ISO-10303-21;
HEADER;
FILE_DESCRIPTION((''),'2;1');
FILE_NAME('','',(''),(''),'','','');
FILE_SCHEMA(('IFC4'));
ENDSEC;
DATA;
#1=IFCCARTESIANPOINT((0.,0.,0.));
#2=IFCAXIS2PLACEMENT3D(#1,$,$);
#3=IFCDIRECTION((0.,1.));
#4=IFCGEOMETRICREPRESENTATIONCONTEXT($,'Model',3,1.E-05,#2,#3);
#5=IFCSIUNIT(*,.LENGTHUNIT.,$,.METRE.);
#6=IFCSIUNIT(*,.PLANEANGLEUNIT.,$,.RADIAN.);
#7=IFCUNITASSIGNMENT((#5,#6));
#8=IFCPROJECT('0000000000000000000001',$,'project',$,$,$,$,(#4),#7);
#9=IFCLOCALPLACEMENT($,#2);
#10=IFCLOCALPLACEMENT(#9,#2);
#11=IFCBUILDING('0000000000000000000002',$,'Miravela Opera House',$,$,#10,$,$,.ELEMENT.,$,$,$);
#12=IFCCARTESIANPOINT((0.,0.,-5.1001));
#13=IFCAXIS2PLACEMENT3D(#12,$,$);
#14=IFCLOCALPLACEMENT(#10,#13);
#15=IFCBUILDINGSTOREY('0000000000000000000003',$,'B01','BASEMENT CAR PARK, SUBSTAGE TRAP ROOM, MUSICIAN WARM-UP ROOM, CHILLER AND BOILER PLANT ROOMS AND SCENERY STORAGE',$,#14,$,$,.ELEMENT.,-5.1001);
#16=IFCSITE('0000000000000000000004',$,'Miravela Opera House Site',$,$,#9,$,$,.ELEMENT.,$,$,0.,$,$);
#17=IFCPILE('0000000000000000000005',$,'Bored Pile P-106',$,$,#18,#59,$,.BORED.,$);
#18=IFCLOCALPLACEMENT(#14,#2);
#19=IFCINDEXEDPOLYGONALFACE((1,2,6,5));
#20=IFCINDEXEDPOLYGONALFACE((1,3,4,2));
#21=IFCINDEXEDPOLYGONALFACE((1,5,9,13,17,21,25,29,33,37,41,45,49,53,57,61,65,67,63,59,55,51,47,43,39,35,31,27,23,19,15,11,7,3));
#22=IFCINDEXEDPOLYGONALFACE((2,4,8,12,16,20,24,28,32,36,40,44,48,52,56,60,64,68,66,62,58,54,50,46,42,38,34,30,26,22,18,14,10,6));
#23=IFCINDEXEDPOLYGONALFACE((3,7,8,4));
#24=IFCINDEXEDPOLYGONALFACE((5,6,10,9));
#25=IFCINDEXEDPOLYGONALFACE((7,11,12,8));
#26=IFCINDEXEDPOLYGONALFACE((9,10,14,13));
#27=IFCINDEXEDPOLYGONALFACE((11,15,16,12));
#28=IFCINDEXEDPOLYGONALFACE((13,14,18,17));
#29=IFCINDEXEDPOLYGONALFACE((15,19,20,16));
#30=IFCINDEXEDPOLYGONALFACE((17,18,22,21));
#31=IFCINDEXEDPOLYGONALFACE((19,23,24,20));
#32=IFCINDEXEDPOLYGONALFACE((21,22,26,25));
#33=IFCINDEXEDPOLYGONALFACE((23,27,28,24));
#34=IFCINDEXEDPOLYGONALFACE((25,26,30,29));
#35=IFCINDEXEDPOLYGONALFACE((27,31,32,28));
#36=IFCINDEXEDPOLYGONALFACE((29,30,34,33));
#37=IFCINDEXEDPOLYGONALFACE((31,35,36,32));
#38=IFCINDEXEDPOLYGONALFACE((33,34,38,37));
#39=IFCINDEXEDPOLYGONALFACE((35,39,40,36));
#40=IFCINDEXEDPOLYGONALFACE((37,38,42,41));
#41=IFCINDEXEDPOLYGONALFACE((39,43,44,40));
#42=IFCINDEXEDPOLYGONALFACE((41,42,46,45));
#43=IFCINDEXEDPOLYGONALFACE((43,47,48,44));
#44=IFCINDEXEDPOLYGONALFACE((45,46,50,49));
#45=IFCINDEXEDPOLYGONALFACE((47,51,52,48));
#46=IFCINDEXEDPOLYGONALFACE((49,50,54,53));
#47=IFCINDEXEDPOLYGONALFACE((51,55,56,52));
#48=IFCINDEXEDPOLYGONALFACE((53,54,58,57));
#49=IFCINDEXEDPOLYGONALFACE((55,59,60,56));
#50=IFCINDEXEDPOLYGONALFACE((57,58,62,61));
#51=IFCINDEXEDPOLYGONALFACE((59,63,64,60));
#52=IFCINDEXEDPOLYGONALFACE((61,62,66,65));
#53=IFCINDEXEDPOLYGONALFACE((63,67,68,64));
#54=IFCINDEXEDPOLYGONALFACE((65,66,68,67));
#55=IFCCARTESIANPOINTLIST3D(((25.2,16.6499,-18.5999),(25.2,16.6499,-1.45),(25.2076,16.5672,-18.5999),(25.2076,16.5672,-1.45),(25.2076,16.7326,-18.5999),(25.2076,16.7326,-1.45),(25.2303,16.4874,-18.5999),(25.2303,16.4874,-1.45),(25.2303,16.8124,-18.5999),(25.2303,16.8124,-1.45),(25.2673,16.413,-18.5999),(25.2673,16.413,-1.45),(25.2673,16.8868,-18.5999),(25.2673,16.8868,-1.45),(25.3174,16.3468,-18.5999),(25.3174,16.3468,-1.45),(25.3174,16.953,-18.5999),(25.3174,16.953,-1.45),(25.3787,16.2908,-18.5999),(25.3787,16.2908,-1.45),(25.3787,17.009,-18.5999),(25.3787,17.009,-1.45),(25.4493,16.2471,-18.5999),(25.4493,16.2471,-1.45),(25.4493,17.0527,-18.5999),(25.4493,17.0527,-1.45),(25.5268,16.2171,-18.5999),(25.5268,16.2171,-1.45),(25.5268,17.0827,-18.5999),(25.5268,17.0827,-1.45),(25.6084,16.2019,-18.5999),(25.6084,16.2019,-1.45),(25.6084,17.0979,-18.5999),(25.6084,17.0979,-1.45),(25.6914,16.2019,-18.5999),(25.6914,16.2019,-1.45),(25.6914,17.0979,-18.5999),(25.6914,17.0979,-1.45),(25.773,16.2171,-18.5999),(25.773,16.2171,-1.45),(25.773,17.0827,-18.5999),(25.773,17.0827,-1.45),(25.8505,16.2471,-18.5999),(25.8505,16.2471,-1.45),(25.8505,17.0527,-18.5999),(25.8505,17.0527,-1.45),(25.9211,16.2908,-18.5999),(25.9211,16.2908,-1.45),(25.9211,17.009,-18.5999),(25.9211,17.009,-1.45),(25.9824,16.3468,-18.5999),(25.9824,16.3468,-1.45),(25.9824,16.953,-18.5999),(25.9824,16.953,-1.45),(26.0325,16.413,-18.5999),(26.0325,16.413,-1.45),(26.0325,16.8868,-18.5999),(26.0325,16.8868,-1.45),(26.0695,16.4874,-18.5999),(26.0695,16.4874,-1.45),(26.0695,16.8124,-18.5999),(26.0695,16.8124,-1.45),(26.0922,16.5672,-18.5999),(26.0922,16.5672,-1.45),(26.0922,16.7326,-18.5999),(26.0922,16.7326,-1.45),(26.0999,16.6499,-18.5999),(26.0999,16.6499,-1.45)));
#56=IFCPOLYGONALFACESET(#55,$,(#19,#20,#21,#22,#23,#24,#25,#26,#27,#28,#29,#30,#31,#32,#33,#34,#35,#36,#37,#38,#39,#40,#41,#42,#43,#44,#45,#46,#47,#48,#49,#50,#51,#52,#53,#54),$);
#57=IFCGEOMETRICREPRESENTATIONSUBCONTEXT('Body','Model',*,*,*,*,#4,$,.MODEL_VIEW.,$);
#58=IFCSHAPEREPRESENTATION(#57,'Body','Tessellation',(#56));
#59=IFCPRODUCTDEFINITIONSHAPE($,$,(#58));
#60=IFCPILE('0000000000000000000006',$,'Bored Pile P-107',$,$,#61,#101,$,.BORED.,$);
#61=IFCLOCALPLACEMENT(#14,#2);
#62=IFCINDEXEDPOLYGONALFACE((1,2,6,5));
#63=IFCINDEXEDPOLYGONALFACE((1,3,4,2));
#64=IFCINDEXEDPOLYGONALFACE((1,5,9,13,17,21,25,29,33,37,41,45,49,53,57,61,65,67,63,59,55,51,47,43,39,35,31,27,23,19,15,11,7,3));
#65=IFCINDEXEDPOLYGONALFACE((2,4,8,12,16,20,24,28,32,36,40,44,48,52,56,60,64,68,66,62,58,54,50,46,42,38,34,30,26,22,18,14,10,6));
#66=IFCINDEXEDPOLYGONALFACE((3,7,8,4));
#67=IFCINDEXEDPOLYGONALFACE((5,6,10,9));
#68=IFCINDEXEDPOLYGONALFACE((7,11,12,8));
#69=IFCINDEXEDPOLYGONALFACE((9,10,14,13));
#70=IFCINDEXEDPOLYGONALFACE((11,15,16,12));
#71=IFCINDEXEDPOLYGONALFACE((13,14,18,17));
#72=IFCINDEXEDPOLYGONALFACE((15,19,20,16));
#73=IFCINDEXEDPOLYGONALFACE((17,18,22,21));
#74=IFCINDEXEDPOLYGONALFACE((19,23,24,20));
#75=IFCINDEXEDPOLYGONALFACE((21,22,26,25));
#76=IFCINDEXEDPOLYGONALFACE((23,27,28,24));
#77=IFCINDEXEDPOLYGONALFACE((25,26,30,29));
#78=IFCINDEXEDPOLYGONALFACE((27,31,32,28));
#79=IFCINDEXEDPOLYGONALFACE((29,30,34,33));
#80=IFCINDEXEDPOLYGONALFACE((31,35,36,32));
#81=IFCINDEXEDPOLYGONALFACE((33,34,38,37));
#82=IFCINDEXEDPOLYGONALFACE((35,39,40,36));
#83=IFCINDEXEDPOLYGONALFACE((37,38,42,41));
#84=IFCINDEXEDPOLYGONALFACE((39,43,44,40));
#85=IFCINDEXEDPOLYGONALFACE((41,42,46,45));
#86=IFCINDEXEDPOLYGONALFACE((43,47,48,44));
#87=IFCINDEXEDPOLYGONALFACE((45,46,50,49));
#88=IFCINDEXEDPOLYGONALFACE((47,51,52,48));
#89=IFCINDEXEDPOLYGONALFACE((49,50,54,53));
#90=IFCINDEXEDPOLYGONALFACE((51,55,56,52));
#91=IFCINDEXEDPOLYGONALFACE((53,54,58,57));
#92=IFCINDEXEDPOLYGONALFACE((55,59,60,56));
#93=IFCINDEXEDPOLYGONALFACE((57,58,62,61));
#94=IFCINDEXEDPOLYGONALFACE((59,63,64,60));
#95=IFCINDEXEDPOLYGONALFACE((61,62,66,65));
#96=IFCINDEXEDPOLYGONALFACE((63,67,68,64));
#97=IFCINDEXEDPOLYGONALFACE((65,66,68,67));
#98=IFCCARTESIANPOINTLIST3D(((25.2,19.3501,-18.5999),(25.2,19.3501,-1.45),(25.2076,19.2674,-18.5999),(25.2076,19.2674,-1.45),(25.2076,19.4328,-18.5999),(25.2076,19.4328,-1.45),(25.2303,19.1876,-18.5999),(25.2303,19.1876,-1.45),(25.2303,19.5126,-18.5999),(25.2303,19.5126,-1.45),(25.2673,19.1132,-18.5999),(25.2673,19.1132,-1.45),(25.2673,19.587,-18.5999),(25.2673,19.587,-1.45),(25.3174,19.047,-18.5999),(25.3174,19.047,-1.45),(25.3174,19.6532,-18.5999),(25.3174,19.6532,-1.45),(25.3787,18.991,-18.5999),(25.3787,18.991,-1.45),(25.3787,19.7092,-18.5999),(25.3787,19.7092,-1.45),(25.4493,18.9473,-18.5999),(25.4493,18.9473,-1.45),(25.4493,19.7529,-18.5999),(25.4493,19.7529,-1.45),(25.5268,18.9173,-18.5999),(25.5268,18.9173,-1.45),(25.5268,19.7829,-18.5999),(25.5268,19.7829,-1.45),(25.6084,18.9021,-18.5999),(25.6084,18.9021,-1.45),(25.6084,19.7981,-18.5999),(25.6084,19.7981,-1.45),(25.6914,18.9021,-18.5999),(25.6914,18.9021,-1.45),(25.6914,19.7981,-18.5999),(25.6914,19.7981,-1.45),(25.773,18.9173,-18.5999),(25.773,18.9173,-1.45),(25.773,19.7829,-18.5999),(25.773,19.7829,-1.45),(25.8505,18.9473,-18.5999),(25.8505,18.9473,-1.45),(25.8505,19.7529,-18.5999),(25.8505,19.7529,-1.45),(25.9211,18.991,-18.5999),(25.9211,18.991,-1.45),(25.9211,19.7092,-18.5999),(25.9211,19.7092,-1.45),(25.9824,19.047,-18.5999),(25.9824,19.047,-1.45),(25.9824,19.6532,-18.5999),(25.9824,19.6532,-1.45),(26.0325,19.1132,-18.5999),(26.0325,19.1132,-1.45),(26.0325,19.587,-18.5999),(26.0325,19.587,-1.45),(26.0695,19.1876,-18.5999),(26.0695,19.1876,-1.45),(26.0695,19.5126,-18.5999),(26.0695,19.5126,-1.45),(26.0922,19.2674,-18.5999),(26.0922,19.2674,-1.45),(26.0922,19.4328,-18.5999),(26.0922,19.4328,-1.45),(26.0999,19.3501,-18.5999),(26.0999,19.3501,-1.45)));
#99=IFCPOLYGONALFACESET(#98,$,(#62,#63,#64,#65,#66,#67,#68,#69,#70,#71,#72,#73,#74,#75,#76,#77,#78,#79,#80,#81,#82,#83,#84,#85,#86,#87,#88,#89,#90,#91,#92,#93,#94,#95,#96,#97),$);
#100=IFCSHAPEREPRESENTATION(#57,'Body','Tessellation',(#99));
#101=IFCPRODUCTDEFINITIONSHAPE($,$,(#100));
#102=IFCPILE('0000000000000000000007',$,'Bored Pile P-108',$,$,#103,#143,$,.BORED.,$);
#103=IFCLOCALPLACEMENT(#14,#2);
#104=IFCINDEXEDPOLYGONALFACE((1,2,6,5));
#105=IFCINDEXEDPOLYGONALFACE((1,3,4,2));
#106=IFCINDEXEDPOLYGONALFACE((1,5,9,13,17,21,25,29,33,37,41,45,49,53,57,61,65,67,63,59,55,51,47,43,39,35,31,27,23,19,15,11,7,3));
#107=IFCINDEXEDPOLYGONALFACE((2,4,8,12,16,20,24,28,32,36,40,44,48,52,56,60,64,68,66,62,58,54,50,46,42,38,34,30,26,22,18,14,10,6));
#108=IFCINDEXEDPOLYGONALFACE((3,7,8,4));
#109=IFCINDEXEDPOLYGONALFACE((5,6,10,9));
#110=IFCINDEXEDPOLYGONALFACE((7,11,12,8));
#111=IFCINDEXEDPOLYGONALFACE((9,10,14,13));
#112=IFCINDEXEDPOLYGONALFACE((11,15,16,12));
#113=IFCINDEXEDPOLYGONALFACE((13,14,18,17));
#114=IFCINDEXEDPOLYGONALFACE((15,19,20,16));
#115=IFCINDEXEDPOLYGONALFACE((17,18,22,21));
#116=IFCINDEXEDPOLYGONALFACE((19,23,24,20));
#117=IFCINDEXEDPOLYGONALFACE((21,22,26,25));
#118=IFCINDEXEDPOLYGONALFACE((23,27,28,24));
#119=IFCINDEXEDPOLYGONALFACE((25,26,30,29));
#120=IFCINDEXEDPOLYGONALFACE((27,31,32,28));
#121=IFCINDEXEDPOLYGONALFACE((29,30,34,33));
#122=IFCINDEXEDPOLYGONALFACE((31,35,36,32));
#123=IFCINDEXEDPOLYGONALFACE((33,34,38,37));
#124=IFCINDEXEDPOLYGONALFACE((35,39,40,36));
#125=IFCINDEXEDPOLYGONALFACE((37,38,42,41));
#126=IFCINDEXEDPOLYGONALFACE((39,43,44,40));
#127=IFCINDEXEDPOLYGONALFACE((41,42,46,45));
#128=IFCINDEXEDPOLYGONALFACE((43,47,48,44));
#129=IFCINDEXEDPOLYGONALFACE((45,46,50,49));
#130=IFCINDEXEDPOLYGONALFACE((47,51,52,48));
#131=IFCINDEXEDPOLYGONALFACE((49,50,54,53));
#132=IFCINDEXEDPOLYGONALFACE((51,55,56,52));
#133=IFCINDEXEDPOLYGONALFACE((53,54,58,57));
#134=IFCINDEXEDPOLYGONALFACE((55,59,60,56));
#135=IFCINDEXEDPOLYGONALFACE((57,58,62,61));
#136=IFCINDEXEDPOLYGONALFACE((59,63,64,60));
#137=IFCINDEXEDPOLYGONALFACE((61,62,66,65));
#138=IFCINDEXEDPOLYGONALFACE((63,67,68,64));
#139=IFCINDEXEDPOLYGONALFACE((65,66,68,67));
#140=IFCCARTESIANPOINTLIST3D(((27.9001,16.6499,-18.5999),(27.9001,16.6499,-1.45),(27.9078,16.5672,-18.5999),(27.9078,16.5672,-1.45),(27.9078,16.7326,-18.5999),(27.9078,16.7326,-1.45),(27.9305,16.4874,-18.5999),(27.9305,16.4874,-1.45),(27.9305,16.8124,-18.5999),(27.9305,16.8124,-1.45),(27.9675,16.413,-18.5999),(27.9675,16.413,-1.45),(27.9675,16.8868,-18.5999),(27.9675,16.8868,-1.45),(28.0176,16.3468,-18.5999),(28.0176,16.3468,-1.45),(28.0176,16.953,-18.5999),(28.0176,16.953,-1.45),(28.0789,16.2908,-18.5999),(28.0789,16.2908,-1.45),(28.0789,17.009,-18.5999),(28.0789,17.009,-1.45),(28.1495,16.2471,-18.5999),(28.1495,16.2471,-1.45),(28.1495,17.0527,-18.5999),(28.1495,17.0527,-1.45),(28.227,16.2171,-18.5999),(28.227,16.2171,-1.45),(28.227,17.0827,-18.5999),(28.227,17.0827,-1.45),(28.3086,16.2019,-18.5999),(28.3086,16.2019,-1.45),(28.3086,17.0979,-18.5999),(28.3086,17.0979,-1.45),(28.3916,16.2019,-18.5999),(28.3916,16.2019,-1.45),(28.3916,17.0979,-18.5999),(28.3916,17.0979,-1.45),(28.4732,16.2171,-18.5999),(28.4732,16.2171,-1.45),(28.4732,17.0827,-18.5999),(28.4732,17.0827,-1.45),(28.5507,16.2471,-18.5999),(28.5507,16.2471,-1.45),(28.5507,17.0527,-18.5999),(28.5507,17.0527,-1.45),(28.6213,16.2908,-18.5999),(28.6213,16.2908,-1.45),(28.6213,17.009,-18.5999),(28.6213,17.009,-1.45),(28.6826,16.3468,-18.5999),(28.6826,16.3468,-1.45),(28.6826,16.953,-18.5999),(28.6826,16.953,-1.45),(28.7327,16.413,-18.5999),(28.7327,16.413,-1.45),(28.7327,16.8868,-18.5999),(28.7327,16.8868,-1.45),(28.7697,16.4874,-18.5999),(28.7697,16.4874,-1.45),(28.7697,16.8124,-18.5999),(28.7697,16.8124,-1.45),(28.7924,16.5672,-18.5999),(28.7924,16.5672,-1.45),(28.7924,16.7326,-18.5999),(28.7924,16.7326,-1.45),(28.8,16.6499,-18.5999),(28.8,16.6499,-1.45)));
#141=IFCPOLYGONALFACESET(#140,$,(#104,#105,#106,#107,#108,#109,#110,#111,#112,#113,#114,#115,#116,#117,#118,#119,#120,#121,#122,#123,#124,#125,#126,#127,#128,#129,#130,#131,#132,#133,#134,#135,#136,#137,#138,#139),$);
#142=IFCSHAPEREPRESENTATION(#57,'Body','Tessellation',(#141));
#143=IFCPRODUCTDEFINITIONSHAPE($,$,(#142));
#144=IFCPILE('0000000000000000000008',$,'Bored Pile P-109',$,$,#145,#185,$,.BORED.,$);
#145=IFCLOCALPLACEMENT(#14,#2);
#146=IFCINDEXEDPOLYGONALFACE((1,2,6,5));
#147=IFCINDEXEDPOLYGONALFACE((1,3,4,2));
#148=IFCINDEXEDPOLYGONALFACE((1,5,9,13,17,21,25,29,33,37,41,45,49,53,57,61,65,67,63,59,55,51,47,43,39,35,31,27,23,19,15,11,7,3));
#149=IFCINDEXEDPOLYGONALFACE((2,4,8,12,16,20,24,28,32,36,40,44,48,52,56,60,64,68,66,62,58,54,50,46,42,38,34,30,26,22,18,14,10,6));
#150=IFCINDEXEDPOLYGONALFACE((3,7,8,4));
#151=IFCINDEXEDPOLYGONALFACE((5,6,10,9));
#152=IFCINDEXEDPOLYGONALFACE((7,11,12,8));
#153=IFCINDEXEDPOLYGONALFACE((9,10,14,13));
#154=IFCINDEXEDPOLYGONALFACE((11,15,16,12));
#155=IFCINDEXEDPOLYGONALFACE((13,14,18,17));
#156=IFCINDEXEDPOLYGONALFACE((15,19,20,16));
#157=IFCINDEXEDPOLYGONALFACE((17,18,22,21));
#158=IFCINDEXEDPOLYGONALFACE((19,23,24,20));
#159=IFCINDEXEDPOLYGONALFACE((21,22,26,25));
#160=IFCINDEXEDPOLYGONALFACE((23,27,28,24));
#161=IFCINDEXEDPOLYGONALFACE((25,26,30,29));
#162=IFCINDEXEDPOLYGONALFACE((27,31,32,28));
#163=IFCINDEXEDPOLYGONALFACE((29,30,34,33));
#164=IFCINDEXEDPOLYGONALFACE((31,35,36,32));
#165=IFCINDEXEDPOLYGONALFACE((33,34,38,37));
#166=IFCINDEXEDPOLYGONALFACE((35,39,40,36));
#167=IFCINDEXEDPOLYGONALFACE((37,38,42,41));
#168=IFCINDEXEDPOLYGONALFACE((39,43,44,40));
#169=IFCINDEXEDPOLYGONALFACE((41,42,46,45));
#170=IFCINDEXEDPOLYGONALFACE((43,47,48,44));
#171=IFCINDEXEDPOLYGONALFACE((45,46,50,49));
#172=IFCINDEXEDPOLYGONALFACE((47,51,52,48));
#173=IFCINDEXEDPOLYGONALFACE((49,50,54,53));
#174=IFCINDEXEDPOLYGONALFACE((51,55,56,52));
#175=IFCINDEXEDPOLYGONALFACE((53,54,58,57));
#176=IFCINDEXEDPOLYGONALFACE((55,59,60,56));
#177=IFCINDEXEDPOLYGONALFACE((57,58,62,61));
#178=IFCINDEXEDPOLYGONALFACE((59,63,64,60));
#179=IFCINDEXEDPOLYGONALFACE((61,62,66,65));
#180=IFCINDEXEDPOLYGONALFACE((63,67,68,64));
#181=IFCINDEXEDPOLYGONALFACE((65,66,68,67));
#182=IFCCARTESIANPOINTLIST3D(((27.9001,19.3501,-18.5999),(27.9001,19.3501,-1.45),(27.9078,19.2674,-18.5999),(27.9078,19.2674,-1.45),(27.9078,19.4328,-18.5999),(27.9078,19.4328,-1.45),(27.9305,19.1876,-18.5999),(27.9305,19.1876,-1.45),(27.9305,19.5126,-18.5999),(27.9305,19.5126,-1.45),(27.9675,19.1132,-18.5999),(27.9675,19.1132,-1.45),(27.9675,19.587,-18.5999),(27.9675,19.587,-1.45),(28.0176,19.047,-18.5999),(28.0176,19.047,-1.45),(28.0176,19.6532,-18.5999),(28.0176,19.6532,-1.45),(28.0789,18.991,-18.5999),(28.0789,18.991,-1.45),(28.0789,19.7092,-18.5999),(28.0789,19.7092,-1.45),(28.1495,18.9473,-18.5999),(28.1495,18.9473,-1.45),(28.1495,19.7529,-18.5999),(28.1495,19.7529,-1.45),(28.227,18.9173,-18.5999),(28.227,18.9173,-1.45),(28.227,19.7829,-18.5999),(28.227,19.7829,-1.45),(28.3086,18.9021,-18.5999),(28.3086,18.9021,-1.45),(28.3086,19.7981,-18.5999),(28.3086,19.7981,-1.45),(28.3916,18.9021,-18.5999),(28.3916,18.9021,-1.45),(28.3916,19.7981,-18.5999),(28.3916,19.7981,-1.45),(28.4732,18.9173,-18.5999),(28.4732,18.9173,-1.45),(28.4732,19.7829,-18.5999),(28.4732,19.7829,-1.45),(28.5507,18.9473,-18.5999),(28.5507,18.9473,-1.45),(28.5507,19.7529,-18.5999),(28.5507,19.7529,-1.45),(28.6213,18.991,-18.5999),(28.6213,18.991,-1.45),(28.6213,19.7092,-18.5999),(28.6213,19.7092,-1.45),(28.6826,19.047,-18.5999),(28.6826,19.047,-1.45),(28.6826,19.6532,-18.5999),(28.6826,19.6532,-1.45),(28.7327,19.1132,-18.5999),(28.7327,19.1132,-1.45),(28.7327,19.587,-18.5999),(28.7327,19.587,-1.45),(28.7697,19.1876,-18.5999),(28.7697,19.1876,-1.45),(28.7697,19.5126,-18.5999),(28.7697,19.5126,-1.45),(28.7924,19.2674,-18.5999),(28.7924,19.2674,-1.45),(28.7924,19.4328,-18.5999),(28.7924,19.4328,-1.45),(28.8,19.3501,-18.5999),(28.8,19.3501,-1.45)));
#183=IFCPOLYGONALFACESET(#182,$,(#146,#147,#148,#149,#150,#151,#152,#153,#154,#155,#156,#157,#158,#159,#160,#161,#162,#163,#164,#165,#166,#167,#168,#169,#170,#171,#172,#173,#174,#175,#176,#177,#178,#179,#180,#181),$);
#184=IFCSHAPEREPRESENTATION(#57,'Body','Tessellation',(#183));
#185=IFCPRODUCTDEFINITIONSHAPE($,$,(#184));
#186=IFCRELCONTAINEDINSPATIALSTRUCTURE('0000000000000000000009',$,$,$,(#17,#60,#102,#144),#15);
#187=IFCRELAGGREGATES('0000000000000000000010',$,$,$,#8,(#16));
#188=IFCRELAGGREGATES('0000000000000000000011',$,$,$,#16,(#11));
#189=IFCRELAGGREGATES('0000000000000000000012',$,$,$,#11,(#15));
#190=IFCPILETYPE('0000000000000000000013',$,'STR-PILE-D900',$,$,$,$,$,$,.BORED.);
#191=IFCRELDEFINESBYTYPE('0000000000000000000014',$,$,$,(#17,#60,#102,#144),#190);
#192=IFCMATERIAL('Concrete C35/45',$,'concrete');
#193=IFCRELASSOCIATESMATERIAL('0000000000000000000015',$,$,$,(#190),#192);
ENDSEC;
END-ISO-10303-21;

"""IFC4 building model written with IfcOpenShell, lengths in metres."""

from ifc_helpers import new_model, si_unit, direction, frame, origin, origin_2d, place, context, subcontext, project, spatial, circle, extrude, material, material_profile, profile_set, type_object, element, save


model = new_model("IFC4")

# Units and contexts
model_context = context("Model", 3, precision=1e-05, world=origin(), true_north=direction((0.0, 1.0)))
body_context = subcontext(model_context, "Body", "Model", "MODEL_VIEW")
ifc_project = project(units=[si_unit("LENGTHUNIT", "METRE"), si_unit("PLANEANGLEUNIT", "RADIAN")], contexts=[model_context])

# Site, building, storey
site_placement = place(None, origin())
site = spatial("IfcSite", under=ifc_project, at=site_placement, Name="Miravela Opera House Site", CompositionType="ELEMENT", RefElevation=0.0)
building_placement = place(site_placement, origin())
building = spatial("IfcBuilding", under=site, at=building_placement, Name="Miravela Opera House", CompositionType="ELEMENT")
storey_placement = place(building_placement, frame((0.0, 0.0, -5.1001)))
storey = spatial("IfcBuildingStorey", under=building, at=storey_placement, Name="B01", Description="BASEMENT CAR PARK, SUBSTAGE TRAP ROOM, MUSICIAN WARM-UP ROOM, CHILLER AND BOILER PLANT ROOMS AND SCENERY STORAGE", CompositionType="ELEMENT", Elevation=-5.1001)

# Shared definitions
ifc_material_1 = material(Name="Concrete C35/45", Category="concrete")

# Piles
ifc_material_profile_1 = material_profile(ifc_material_1, circle(Radius=0.45, at=origin_2d()), Name="PILE-D900")
ifc_profile_set_1 = profile_set([ifc_material_profile_1])
pile_type_1 = type_object("IfcPileType", Name="STR-PILE-D900", PredefinedType="BORED", material=ifc_profile_set_1)
for number, where, z_axis, x_axis, name in (
    (1, (25.6499, 16.6499, -1.45), (0.0, 0.0, -1.0), (1.0, 0.0, 0.0), "Bored Pile P-106"),
    (2, (25.6499, 19.3501, -1.45), (0.0, 0.0, -1.0), (1.0, 0.0, 0.0), "Bored Pile P-107"),
    (3, (28.3501, 16.6499, -1.45), (0.0, 0.0, -1.0), (1.0, 0.0, 0.0), "Bored Pile P-108"),
    (4, (28.3501, 19.3501, -1.45), (0.0, 0.0, -1.0), (1.0, 0.0, 0.0), "Bored Pile P-109"),
):
    element("IfcPile", number, at=place(storey_placement, frame(where, z_axis=z_axis, x_axis=x_axis)), inside=storey, type_object=pile_type_1, Name=name, PredefinedType="BORED", context=body_context, shape_type="SweptSolid", body=[
        extrude(circle(Radius=0.45, at=origin_2d()), origin(), (0.0, 0.0, 1.0), 17.1499),
    ])

save(model, "model.ifc")
